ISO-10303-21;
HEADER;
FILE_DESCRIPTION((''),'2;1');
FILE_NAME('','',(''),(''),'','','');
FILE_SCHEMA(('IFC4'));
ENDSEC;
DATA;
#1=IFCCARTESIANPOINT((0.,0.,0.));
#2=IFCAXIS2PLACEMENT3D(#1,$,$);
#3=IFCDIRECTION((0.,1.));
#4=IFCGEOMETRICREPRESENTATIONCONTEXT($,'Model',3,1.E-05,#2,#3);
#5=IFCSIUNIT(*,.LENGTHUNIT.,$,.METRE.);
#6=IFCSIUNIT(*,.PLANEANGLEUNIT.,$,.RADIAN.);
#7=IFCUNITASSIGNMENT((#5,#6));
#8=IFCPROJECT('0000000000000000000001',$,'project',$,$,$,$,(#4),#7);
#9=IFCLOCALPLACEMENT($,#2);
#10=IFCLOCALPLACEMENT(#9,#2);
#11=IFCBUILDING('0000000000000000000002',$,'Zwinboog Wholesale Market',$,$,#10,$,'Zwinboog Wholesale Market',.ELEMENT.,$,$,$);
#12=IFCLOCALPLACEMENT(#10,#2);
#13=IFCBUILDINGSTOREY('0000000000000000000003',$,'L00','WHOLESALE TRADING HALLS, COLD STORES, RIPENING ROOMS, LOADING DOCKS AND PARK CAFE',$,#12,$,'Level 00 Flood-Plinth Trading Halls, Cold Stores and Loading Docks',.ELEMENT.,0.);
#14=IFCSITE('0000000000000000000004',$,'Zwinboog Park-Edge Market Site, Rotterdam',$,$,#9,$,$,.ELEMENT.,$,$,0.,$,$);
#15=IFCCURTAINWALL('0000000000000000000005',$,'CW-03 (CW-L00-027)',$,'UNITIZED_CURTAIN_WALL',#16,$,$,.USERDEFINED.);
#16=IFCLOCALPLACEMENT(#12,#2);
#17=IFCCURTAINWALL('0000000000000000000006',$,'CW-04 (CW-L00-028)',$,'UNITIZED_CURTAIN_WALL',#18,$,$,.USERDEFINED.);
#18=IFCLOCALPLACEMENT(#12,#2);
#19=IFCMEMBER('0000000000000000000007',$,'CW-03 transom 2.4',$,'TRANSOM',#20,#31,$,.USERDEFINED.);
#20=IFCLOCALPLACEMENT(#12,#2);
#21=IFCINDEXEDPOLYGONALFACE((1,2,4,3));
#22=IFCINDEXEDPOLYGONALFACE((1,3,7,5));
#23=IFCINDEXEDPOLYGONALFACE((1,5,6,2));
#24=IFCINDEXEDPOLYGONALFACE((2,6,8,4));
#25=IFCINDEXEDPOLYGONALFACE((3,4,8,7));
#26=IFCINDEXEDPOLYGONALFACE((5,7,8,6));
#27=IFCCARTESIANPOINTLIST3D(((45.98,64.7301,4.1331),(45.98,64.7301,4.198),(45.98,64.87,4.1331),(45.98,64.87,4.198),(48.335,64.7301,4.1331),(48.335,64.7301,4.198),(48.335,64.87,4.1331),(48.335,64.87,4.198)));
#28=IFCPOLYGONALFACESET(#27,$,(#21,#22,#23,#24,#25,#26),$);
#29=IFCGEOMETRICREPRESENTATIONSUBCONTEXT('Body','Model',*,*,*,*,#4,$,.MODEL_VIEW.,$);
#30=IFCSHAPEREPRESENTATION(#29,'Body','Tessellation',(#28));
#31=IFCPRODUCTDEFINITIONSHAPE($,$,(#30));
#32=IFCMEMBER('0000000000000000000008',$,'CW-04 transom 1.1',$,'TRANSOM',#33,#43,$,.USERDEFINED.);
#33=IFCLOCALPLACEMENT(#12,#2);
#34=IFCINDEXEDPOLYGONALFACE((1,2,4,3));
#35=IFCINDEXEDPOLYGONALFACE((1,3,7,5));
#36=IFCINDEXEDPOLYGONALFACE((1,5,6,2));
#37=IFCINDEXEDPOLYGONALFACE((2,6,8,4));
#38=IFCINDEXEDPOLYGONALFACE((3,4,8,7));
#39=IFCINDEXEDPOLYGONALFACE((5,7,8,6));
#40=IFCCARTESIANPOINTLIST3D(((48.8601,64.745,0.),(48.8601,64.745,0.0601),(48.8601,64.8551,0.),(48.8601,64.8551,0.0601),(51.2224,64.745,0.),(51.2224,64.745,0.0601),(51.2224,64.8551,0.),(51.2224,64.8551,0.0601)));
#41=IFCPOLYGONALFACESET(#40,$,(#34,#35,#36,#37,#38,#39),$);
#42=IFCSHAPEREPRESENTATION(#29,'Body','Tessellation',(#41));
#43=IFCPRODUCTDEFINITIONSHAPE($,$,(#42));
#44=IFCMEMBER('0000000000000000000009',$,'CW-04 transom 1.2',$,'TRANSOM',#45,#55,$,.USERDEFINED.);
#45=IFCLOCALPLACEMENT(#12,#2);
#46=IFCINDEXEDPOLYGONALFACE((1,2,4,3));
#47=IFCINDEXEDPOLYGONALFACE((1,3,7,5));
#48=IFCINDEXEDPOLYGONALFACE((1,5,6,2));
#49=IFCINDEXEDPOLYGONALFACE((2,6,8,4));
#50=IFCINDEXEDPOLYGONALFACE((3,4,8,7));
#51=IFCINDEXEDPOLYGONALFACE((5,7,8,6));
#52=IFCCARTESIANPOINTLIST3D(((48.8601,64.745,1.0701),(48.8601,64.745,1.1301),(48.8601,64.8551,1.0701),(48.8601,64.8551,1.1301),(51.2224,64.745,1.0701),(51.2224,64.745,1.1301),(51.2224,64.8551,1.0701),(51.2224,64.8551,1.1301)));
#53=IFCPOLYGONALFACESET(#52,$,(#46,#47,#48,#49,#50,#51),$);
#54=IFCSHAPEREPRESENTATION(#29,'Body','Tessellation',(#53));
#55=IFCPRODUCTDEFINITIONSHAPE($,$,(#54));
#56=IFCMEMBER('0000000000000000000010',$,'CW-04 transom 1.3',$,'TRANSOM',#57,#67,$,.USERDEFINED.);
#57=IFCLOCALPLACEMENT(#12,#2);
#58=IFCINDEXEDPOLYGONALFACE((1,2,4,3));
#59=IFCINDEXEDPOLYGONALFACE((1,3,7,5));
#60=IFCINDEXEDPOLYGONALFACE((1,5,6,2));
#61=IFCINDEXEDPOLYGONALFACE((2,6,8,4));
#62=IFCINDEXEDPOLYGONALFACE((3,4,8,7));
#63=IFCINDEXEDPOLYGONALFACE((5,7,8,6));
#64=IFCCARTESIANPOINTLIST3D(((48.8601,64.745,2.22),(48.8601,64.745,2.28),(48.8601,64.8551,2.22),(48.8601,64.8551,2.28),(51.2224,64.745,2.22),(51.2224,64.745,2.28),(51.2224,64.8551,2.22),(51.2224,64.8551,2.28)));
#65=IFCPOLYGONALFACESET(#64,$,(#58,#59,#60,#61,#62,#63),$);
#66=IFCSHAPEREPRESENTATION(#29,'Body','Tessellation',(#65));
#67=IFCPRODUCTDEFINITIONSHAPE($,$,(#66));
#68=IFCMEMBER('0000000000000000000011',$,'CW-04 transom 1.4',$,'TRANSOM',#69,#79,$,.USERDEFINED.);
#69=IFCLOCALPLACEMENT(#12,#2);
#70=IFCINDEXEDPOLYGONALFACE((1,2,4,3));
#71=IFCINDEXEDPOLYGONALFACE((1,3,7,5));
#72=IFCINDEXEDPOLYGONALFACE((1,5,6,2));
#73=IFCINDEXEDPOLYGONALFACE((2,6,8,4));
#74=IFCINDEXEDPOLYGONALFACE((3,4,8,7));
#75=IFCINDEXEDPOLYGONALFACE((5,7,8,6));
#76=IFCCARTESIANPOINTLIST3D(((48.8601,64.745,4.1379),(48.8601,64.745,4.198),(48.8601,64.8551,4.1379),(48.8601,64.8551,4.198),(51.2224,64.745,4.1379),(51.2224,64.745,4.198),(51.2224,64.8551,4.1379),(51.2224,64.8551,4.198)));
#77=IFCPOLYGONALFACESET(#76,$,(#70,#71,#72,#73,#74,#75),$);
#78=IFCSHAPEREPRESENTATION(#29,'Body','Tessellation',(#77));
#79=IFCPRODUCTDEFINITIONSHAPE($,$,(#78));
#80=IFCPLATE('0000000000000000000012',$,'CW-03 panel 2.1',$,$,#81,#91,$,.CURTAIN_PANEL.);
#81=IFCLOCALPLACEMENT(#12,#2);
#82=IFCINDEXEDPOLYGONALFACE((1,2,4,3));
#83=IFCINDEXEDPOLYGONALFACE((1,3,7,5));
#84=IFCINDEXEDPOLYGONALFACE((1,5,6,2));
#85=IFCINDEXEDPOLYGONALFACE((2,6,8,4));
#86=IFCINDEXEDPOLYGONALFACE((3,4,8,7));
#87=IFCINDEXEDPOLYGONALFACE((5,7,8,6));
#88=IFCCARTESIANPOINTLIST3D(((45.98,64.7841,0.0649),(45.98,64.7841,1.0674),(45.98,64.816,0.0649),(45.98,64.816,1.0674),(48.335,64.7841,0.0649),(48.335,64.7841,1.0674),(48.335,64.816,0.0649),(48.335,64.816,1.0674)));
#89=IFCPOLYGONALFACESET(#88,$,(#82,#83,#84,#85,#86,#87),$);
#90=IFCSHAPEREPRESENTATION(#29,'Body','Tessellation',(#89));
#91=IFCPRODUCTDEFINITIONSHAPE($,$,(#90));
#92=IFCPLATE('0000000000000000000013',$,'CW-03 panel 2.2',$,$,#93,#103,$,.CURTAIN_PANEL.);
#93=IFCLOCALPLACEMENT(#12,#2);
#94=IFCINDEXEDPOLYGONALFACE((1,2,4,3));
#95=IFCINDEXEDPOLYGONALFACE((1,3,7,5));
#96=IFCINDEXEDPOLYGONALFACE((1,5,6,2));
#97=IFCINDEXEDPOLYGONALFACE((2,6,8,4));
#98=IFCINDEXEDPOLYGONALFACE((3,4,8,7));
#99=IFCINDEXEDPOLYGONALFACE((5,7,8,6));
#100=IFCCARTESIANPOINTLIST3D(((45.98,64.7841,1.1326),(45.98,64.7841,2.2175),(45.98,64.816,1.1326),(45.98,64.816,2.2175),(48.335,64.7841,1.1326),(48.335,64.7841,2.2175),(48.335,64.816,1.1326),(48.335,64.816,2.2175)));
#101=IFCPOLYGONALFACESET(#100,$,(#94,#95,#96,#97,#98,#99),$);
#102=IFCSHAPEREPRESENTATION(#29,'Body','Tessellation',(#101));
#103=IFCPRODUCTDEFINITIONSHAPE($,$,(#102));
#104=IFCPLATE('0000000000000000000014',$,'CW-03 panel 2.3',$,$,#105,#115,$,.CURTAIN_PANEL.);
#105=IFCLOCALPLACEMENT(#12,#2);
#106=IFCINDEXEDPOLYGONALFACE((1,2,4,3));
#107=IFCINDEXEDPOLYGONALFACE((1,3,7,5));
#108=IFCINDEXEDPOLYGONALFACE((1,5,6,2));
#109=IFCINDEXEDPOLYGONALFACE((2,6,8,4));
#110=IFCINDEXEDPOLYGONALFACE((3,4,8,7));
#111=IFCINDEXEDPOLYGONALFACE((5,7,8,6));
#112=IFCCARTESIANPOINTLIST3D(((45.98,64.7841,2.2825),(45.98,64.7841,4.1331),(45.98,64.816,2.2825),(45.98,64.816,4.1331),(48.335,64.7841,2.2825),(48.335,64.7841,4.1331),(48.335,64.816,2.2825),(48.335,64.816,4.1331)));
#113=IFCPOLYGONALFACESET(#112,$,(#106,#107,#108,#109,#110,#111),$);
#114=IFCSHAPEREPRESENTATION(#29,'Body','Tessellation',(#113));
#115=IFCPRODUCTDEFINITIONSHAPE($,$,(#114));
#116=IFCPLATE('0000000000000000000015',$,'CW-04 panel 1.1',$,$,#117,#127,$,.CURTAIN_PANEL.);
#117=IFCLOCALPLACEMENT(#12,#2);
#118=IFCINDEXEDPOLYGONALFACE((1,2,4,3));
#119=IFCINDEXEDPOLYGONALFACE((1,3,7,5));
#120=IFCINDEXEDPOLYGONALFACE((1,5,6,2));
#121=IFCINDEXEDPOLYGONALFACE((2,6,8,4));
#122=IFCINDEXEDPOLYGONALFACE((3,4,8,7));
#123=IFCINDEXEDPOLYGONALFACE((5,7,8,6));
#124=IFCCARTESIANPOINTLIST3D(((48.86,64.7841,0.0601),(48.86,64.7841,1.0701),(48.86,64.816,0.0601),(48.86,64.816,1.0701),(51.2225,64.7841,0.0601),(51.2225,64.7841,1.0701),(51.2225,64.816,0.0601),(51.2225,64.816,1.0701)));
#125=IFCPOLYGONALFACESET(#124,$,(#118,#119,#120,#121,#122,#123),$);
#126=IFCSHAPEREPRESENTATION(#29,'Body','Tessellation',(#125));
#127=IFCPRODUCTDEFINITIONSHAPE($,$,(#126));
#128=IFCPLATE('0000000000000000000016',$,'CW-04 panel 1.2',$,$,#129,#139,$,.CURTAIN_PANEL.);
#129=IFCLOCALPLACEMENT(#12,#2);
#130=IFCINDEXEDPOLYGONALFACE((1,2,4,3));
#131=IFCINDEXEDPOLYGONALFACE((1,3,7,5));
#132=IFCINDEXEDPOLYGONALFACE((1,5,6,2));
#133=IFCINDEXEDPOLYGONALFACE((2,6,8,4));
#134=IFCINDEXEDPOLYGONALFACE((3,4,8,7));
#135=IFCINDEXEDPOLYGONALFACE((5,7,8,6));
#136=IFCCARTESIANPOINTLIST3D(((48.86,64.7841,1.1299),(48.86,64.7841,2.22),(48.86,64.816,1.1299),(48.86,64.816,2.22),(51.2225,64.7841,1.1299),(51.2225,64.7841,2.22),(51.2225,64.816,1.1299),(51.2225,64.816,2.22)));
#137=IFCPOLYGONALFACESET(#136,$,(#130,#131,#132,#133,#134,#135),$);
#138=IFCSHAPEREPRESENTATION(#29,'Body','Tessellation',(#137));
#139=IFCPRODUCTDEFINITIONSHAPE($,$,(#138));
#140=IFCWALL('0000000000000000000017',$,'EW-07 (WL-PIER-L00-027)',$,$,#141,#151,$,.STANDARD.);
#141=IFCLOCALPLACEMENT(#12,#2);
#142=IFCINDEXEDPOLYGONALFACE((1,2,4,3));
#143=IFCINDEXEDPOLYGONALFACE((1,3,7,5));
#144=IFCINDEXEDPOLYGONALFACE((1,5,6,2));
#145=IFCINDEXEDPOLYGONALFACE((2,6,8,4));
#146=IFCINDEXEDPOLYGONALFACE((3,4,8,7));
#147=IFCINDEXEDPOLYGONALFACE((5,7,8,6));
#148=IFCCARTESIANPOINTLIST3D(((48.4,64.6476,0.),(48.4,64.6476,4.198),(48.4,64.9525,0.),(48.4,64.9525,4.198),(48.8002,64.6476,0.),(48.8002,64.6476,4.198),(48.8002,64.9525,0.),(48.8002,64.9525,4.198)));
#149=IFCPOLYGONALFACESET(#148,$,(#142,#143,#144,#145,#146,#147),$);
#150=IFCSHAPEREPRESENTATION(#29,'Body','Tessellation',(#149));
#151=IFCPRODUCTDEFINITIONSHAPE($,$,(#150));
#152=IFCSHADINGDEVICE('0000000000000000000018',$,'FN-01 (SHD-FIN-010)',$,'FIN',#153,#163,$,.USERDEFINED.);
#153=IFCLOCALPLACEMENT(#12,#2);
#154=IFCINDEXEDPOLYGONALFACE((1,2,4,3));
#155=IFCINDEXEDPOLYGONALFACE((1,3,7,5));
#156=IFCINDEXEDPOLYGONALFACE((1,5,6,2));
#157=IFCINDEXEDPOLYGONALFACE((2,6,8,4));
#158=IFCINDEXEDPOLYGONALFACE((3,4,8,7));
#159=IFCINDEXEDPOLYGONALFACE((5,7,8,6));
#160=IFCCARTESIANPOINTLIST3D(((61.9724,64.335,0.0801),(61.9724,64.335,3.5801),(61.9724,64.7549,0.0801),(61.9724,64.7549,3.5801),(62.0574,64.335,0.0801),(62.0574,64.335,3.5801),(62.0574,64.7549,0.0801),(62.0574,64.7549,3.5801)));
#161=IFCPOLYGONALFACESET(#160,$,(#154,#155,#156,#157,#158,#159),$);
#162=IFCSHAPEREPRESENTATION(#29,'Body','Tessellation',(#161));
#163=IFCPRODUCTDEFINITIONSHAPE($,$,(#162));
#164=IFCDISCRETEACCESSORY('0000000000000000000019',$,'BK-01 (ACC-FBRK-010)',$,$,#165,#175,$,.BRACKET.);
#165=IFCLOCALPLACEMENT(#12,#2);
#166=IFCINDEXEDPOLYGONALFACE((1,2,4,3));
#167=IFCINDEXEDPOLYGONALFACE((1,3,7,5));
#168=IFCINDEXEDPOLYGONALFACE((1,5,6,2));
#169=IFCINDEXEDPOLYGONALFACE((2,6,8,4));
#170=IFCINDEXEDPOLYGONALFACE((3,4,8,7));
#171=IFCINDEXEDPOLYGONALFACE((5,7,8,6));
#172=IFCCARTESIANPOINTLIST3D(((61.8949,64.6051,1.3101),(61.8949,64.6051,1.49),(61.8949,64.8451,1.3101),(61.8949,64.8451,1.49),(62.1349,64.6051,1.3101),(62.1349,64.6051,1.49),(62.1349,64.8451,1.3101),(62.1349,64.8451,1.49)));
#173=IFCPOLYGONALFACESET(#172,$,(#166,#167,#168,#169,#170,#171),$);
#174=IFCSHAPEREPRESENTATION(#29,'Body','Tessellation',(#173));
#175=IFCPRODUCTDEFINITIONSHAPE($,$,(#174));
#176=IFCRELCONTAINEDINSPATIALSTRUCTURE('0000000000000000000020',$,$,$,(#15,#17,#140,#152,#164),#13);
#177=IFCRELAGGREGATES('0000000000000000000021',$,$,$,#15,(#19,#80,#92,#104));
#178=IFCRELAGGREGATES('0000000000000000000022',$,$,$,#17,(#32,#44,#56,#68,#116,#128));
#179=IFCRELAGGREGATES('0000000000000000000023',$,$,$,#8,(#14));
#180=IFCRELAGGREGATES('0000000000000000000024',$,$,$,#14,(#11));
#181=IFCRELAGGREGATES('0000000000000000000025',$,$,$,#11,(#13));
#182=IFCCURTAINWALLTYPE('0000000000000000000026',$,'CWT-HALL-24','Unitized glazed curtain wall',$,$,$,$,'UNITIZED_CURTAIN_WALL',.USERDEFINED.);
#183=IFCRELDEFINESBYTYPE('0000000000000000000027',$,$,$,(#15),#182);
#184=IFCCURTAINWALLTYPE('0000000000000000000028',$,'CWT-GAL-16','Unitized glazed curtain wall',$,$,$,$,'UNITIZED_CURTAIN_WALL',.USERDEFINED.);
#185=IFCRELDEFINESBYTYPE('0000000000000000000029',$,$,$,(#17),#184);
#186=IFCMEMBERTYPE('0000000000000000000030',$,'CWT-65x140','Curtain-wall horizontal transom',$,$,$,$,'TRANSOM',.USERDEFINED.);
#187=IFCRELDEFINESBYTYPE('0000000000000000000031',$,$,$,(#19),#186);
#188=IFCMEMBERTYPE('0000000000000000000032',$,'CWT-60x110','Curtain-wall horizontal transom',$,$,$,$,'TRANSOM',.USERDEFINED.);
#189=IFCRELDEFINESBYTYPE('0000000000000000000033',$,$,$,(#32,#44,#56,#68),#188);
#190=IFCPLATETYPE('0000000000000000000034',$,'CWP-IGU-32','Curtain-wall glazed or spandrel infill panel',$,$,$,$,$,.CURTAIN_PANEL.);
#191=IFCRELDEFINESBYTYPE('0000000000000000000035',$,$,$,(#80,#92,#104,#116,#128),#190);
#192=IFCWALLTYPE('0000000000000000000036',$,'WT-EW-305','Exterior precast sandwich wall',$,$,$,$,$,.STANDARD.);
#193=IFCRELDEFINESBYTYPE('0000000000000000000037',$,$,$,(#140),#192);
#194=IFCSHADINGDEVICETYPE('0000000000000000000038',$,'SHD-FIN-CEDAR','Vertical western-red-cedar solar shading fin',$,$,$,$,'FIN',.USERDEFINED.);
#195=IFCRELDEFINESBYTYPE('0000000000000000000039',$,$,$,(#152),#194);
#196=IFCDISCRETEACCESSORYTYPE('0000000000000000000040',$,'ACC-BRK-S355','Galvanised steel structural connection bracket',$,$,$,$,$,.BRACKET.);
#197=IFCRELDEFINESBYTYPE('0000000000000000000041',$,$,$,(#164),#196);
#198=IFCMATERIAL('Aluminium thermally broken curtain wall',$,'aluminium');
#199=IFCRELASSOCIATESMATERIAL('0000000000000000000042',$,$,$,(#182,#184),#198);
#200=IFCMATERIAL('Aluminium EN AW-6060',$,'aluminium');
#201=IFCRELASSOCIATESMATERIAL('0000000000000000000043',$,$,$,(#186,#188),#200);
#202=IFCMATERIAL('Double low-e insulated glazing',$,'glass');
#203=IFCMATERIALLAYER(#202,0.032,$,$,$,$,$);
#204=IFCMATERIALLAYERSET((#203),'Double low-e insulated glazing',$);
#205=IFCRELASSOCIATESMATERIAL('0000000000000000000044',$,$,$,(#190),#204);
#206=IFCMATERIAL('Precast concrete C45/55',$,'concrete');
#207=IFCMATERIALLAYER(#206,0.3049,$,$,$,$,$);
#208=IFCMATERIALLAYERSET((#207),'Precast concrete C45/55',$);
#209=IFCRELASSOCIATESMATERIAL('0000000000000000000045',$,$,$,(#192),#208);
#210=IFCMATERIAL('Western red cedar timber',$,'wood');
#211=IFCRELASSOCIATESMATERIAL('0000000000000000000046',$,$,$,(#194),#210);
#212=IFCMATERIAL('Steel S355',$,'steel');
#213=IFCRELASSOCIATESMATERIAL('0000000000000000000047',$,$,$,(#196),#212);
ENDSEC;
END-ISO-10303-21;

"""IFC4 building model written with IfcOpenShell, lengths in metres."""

from ifc_helpers import new_model, si_unit, direction, frame, frame_2d, origin, origin_2d, place, context, subcontext, project, spatial, rectangle, extrude, material, layer, layer_set, material_profile, profile_set, type_object, element, aggregate, save


model = new_model("IFC4")

# Units and contexts
model_context = context("Model", 3, precision=1e-05, world=origin(), true_north=direction((0.0, 1.0)))
body_context = subcontext(model_context, "Body", "Model", "MODEL_VIEW")
ifc_project = project(units=[si_unit("LENGTHUNIT", "METRE"), si_unit("PLANEANGLEUNIT", "RADIAN")], contexts=[model_context])

# Site, building, storey
site_placement = place(None, origin())
site = spatial("IfcSite", under=ifc_project, at=site_placement, Name="Zwinboog Park-Edge Market Site, Rotterdam", CompositionType="ELEMENT", RefElevation=0.0)
building_placement = place(site_placement, origin())
building = spatial("IfcBuilding", under=site, at=building_placement, Name="Zwinboog Wholesale Market", LongName="Zwinboog Wholesale Market", CompositionType="ELEMENT")
storey_placement = place(building_placement, origin())
storey = spatial("IfcBuildingStorey", under=building, at=storey_placement, Name="L00", Description="WHOLESALE TRADING HALLS, COLD STORES, RIPENING ROOMS, LOADING DOCKS AND PARK CAFE", LongName="Level 00 Flood-Plinth Trading Halls, Cold Stores and Loading Docks", CompositionType="ELEMENT", Elevation=0.0)

# Shared definitions
ifc_material_1 = material(Name="Precast concrete C45/55", Category="concrete")

# Curtain walls
ifc_material_2 = material(Name="Aluminium thermally broken curtain wall", Category="aluminium")
curtain_wall_type_1 = type_object("IfcCurtainWallType", Name="CWT-HALL-24", Description="Unitized glazed curtain wall", ElementType="UNITIZED_CURTAIN_WALL", PredefinedType="USERDEFINED", material=ifc_material_2)
curtain_wall_1_placement = place(storey_placement, origin())
curtain_wall_1 = element("IfcCurtainWall", 1, at=curtain_wall_1_placement, inside=storey, type_object=curtain_wall_type_1, Name="CW-03 (CW-L00-027)", ObjectType="UNITIZED_CURTAIN_WALL", PredefinedType="USERDEFINED")
ifc_material_3 = material(Name="Aluminium EN AW-6060", Category="aluminium")
curtain_wall_type_2 = type_object("IfcCurtainWallType", Name="CWT-GAL-16", Description="Unitized glazed curtain wall", ElementType="UNITIZED_CURTAIN_WALL", PredefinedType="USERDEFINED", material=ifc_material_2)
curtain_wall_2_placement = place(storey_placement, origin())
curtain_wall_2 = element("IfcCurtainWall", 2, at=curtain_wall_2_placement, inside=storey, type_object=curtain_wall_type_2, Name="CW-04 (CW-L00-028)", ObjectType="UNITIZED_CURTAIN_WALL", PredefinedType="USERDEFINED")

# Members
ifc_material_profile_1 = material_profile(ifc_material_3, rectangle(XDim=0.1399, YDim=0.0649, at=origin_2d()), Name="AL 65x140")
ifc_profile_set_1 = profile_set([ifc_material_profile_1], Name="Aluminium EN AW-6060")
member_type_1 = type_object("IfcMemberType", Name="CWT-65x140", Description="Curtain-wall horizontal transom", ElementType="TRANSOM", PredefinedType="USERDEFINED", material=ifc_profile_set_1)
member_1_placement = place(storey_placement, frame((45.98, 64.8, 4.1655), z_axis=(1.0, 0.0, 0.0), x_axis=(0.0, 1.0, 0.0)))
member_1 = element("IfcMember", 3, at=member_1_placement, type_object=member_type_1, Name="CW-03 transom 2.4", ObjectType="TRANSOM", PredefinedType="USERDEFINED", context=body_context, shape_type="SweptSolid", body=[
    extrude(rectangle(XDim=0.1399, YDim=0.0649, at=origin_2d()), origin(), (0.0, 0.0, 1.0), 2.355),
])
ifc_material_profile_2 = material_profile(ifc_material_3, rectangle(XDim=0.1101, YDim=0.0601, at=origin_2d()), Name="AL 60x110")
ifc_profile_set_2 = profile_set([ifc_material_profile_2], Name="Aluminium EN AW-6060")
member_type_2 = type_object("IfcMemberType", Name="CWT-60x110", Description="Curtain-wall horizontal transom", ElementType="TRANSOM", PredefinedType="USERDEFINED", material=ifc_profile_set_2)
member_2_placement = place(storey_placement, frame((48.8601, 64.8, 0.03), z_axis=(1.0, 0.0, 0.0), x_axis=(0.0, 1.0, 0.0)))
member_2 = element("IfcMember", 4, at=member_2_placement, type_object=member_type_2, Name="CW-04 transom 1.1", ObjectType="TRANSOM", PredefinedType="USERDEFINED", context=body_context, shape_type="SweptSolid", body=[
    extrude(rectangle(XDim=0.1101, YDim=0.0601, at=origin_2d()), origin(), (0.0, 0.0, 1.0), 2.3623),
])
member_3_placement = place(storey_placement, frame((48.8601, 64.8, 1.1001), z_axis=(1.0, 0.0, 0.0), x_axis=(0.0, 1.0, 0.0)))
member_3 = element("IfcMember", 5, at=member_3_placement, type_object=member_type_2, Name="CW-04 transom 1.2", ObjectType="TRANSOM", PredefinedType="USERDEFINED", context=body_context, shape_type="SweptSolid", body=[
    extrude(rectangle(XDim=0.1101, YDim=0.0601, at=origin_2d()), origin(), (0.0, 0.0, 1.0), 2.3623),
])
member_4_placement = place(storey_placement, frame((48.8601, 64.8, 2.25), z_axis=(1.0, 0.0, 0.0), x_axis=(0.0, 1.0, 0.0)))
member_4 = element("IfcMember", 6, at=member_4_placement, type_object=member_type_2, Name="CW-04 transom 1.3", ObjectType="TRANSOM", PredefinedType="USERDEFINED", context=body_context, shape_type="SweptSolid", body=[
    extrude(rectangle(XDim=0.1101, YDim=0.0601, at=origin_2d()), origin(), (0.0, 0.0, 1.0), 2.3623),
])
member_5_placement = place(storey_placement, frame((48.8601, 64.8, 4.168), z_axis=(1.0, 0.0, 0.0), x_axis=(0.0, 1.0, 0.0)))
member_5 = element("IfcMember", 7, at=member_5_placement, type_object=member_type_2, Name="CW-04 transom 1.4", ObjectType="TRANSOM", PredefinedType="USERDEFINED", context=body_context, shape_type="SweptSolid", body=[
    extrude(rectangle(XDim=0.1101, YDim=0.0601, at=origin_2d()), origin(), (0.0, 0.0, 1.0), 2.3623),
])

# Plates
ifc_material_4 = material(Name="Double low-e insulated glazing", Category="glass")
ifc_layer_1 = layer(ifc_material_4, 0.032)
ifc_layer_set_1 = layer_set([ifc_layer_1], Name="Double low-e insulated glazing")
plate_type = type_object("IfcPlateType", Name="CWP-IGU-32", Description="Curtain-wall glazed or spandrel infill panel", PredefinedType="CURTAIN_PANEL", material=ifc_layer_set_1)
plate_1_placement = place(storey_placement, frame((47.1575, 64.8, 0.0649), z_axis=(0.0, 0.0, 1.0), x_axis=(1.0, 0.0, 0.0)))
plate_1 = element("IfcPlate", 8, at=plate_1_placement, type_object=plate_type, Name="CW-03 panel 2.1", PredefinedType="CURTAIN_PANEL", context=body_context, shape_type="SweptSolid", body=[
    extrude(rectangle(XDim=2.355, YDim=0.032, at=origin_2d()), origin(), (0.0, 0.0, 1.0), 1.0024),
])
plate_2_placement = place(storey_placement, frame((47.1575, 64.8, 1.1326), z_axis=(0.0, 0.0, 1.0), x_axis=(1.0, 0.0, 0.0)))
plate_2 = element("IfcPlate", 9, at=plate_2_placement, type_object=plate_type, Name="CW-03 panel 2.2", PredefinedType="CURTAIN_PANEL", context=body_context, shape_type="SweptSolid", body=[
    extrude(rectangle(XDim=2.355, YDim=0.032, at=origin_2d()), origin(), (0.0, 0.0, 1.0), 1.085),
])
plate_3_placement = place(storey_placement, frame((47.1575, 64.8, 2.2825), z_axis=(0.0, 0.0, 1.0), x_axis=(1.0, 0.0, 0.0)))
plate_3 = element("IfcPlate", 10, at=plate_3_placement, type_object=plate_type, Name="CW-03 panel 2.3", PredefinedType="CURTAIN_PANEL", context=body_context, shape_type="SweptSolid", body=[
    extrude(rectangle(XDim=2.355, YDim=0.032, at=origin_2d()), origin(), (0.0, 0.0, 1.0), 1.8506),
])
aggregate(curtain_wall_1, [member_1, plate_1, plate_2, plate_3])
plate_4_placement = place(storey_placement, frame((50.0413, 64.8, 0.0601), z_axis=(0.0, 0.0, 1.0), x_axis=(1.0, 0.0, 0.0)))
plate_4 = element("IfcPlate", 11, at=plate_4_placement, type_object=plate_type, Name="CW-04 panel 1.1", PredefinedType="CURTAIN_PANEL", context=body_context, shape_type="SweptSolid", body=[
    extrude(rectangle(XDim=2.3625, YDim=0.032, at=origin_2d()), origin(), (0.0, 0.0, 1.0), 1.01),
])
plate_5_placement = place(storey_placement, frame((50.0413, 64.8, 1.1299), z_axis=(0.0, 0.0, 1.0), x_axis=(1.0, 0.0, 0.0)))
plate_5 = element("IfcPlate", 12, at=plate_5_placement, type_object=plate_type, Name="CW-04 panel 1.2", PredefinedType="CURTAIN_PANEL", context=body_context, shape_type="SweptSolid", body=[
    extrude(rectangle(XDim=2.3625, YDim=0.032, at=origin_2d()), origin(), (0.0, 0.0, 1.0), 1.0901),
])
aggregate(curtain_wall_2, [member_2, member_3, member_4, member_5, plate_4, plate_5])

# Wall
ifc_layer_2 = layer(ifc_material_1, 0.3049)
ifc_layer_set_2 = layer_set([ifc_layer_2], Name="Precast concrete C45/55")
wall_type = type_object("IfcWallType", Name="WT-EW-305", Description="Exterior precast sandwich wall", PredefinedType="STANDARD", material=ifc_layer_set_2)
wall_placement = place(storey_placement, frame((48.3999, 64.8, 0.0), z_axis=(0.0, 0.0, 1.0), x_axis=(1.0, 0.0, 0.0)))
element("IfcWall", 13, at=wall_placement, inside=storey, type_object=wall_type, Name="EW-07 (WL-PIER-L00-027)", PredefinedType="STANDARD", context=body_context, shape_type="SweptSolid", body=[
    extrude(rectangle(XDim=0.4001, YDim=0.3049, at=frame_2d((0.2002, 0.0))), origin(), (0.0, 0.0, 1.0), 4.198),
])

# Shading device
ifc_material_5 = material(Name="Western red cedar timber", Category="wood")
shading_device_type = type_object("IfcShadingDeviceType", Name="SHD-FIN-CEDAR", Description="Vertical western-red-cedar solar shading fin", ElementType="FIN", PredefinedType="USERDEFINED", material=ifc_material_5)
shading_device_placement = place(storey_placement, frame((62.0149, 64.5449, 0.0801), z_axis=(0.0, 0.0, 1.0), x_axis=(0.0, 1.0, 0.0)))
element("IfcShadingDevice", 14, at=shading_device_placement, inside=storey, type_object=shading_device_type, Name="FN-01 (SHD-FIN-010)", ObjectType="FIN", PredefinedType="USERDEFINED", context=body_context, shape_type="SweptSolid", body=[
    extrude(rectangle(XDim=0.4199, YDim=0.085, at=origin_2d()), origin(), (0.0, 0.0, 1.0), 3.5),
])

# Discrete accessory
ifc_material_6 = material(Name="Steel S355", Category="steel")
discrete_accessory_type = type_object("IfcDiscreteAccessoryType", Name="ACC-BRK-S355", Description="Galvanised steel structural connection bracket", PredefinedType="BRACKET", material=ifc_material_6)
discrete_accessory_placement = place(storey_placement, frame((62.0149, 64.7251, 1.3101), z_axis=(0.0, 0.0, 1.0), x_axis=(1.0, 0.0, 0.0)))
element("IfcDiscreteAccessory", 15, at=discrete_accessory_placement, inside=storey, type_object=discrete_accessory_type, Name="BK-01 (ACC-FBRK-010)", PredefinedType="BRACKET", context=body_context, shape_type="SweptSolid", body=[
    extrude(rectangle(XDim=0.24, YDim=0.24, at=origin_2d()), origin(), (0.0, 0.0, 1.0), 0.1799),
])

save(model, "model.ifc")
